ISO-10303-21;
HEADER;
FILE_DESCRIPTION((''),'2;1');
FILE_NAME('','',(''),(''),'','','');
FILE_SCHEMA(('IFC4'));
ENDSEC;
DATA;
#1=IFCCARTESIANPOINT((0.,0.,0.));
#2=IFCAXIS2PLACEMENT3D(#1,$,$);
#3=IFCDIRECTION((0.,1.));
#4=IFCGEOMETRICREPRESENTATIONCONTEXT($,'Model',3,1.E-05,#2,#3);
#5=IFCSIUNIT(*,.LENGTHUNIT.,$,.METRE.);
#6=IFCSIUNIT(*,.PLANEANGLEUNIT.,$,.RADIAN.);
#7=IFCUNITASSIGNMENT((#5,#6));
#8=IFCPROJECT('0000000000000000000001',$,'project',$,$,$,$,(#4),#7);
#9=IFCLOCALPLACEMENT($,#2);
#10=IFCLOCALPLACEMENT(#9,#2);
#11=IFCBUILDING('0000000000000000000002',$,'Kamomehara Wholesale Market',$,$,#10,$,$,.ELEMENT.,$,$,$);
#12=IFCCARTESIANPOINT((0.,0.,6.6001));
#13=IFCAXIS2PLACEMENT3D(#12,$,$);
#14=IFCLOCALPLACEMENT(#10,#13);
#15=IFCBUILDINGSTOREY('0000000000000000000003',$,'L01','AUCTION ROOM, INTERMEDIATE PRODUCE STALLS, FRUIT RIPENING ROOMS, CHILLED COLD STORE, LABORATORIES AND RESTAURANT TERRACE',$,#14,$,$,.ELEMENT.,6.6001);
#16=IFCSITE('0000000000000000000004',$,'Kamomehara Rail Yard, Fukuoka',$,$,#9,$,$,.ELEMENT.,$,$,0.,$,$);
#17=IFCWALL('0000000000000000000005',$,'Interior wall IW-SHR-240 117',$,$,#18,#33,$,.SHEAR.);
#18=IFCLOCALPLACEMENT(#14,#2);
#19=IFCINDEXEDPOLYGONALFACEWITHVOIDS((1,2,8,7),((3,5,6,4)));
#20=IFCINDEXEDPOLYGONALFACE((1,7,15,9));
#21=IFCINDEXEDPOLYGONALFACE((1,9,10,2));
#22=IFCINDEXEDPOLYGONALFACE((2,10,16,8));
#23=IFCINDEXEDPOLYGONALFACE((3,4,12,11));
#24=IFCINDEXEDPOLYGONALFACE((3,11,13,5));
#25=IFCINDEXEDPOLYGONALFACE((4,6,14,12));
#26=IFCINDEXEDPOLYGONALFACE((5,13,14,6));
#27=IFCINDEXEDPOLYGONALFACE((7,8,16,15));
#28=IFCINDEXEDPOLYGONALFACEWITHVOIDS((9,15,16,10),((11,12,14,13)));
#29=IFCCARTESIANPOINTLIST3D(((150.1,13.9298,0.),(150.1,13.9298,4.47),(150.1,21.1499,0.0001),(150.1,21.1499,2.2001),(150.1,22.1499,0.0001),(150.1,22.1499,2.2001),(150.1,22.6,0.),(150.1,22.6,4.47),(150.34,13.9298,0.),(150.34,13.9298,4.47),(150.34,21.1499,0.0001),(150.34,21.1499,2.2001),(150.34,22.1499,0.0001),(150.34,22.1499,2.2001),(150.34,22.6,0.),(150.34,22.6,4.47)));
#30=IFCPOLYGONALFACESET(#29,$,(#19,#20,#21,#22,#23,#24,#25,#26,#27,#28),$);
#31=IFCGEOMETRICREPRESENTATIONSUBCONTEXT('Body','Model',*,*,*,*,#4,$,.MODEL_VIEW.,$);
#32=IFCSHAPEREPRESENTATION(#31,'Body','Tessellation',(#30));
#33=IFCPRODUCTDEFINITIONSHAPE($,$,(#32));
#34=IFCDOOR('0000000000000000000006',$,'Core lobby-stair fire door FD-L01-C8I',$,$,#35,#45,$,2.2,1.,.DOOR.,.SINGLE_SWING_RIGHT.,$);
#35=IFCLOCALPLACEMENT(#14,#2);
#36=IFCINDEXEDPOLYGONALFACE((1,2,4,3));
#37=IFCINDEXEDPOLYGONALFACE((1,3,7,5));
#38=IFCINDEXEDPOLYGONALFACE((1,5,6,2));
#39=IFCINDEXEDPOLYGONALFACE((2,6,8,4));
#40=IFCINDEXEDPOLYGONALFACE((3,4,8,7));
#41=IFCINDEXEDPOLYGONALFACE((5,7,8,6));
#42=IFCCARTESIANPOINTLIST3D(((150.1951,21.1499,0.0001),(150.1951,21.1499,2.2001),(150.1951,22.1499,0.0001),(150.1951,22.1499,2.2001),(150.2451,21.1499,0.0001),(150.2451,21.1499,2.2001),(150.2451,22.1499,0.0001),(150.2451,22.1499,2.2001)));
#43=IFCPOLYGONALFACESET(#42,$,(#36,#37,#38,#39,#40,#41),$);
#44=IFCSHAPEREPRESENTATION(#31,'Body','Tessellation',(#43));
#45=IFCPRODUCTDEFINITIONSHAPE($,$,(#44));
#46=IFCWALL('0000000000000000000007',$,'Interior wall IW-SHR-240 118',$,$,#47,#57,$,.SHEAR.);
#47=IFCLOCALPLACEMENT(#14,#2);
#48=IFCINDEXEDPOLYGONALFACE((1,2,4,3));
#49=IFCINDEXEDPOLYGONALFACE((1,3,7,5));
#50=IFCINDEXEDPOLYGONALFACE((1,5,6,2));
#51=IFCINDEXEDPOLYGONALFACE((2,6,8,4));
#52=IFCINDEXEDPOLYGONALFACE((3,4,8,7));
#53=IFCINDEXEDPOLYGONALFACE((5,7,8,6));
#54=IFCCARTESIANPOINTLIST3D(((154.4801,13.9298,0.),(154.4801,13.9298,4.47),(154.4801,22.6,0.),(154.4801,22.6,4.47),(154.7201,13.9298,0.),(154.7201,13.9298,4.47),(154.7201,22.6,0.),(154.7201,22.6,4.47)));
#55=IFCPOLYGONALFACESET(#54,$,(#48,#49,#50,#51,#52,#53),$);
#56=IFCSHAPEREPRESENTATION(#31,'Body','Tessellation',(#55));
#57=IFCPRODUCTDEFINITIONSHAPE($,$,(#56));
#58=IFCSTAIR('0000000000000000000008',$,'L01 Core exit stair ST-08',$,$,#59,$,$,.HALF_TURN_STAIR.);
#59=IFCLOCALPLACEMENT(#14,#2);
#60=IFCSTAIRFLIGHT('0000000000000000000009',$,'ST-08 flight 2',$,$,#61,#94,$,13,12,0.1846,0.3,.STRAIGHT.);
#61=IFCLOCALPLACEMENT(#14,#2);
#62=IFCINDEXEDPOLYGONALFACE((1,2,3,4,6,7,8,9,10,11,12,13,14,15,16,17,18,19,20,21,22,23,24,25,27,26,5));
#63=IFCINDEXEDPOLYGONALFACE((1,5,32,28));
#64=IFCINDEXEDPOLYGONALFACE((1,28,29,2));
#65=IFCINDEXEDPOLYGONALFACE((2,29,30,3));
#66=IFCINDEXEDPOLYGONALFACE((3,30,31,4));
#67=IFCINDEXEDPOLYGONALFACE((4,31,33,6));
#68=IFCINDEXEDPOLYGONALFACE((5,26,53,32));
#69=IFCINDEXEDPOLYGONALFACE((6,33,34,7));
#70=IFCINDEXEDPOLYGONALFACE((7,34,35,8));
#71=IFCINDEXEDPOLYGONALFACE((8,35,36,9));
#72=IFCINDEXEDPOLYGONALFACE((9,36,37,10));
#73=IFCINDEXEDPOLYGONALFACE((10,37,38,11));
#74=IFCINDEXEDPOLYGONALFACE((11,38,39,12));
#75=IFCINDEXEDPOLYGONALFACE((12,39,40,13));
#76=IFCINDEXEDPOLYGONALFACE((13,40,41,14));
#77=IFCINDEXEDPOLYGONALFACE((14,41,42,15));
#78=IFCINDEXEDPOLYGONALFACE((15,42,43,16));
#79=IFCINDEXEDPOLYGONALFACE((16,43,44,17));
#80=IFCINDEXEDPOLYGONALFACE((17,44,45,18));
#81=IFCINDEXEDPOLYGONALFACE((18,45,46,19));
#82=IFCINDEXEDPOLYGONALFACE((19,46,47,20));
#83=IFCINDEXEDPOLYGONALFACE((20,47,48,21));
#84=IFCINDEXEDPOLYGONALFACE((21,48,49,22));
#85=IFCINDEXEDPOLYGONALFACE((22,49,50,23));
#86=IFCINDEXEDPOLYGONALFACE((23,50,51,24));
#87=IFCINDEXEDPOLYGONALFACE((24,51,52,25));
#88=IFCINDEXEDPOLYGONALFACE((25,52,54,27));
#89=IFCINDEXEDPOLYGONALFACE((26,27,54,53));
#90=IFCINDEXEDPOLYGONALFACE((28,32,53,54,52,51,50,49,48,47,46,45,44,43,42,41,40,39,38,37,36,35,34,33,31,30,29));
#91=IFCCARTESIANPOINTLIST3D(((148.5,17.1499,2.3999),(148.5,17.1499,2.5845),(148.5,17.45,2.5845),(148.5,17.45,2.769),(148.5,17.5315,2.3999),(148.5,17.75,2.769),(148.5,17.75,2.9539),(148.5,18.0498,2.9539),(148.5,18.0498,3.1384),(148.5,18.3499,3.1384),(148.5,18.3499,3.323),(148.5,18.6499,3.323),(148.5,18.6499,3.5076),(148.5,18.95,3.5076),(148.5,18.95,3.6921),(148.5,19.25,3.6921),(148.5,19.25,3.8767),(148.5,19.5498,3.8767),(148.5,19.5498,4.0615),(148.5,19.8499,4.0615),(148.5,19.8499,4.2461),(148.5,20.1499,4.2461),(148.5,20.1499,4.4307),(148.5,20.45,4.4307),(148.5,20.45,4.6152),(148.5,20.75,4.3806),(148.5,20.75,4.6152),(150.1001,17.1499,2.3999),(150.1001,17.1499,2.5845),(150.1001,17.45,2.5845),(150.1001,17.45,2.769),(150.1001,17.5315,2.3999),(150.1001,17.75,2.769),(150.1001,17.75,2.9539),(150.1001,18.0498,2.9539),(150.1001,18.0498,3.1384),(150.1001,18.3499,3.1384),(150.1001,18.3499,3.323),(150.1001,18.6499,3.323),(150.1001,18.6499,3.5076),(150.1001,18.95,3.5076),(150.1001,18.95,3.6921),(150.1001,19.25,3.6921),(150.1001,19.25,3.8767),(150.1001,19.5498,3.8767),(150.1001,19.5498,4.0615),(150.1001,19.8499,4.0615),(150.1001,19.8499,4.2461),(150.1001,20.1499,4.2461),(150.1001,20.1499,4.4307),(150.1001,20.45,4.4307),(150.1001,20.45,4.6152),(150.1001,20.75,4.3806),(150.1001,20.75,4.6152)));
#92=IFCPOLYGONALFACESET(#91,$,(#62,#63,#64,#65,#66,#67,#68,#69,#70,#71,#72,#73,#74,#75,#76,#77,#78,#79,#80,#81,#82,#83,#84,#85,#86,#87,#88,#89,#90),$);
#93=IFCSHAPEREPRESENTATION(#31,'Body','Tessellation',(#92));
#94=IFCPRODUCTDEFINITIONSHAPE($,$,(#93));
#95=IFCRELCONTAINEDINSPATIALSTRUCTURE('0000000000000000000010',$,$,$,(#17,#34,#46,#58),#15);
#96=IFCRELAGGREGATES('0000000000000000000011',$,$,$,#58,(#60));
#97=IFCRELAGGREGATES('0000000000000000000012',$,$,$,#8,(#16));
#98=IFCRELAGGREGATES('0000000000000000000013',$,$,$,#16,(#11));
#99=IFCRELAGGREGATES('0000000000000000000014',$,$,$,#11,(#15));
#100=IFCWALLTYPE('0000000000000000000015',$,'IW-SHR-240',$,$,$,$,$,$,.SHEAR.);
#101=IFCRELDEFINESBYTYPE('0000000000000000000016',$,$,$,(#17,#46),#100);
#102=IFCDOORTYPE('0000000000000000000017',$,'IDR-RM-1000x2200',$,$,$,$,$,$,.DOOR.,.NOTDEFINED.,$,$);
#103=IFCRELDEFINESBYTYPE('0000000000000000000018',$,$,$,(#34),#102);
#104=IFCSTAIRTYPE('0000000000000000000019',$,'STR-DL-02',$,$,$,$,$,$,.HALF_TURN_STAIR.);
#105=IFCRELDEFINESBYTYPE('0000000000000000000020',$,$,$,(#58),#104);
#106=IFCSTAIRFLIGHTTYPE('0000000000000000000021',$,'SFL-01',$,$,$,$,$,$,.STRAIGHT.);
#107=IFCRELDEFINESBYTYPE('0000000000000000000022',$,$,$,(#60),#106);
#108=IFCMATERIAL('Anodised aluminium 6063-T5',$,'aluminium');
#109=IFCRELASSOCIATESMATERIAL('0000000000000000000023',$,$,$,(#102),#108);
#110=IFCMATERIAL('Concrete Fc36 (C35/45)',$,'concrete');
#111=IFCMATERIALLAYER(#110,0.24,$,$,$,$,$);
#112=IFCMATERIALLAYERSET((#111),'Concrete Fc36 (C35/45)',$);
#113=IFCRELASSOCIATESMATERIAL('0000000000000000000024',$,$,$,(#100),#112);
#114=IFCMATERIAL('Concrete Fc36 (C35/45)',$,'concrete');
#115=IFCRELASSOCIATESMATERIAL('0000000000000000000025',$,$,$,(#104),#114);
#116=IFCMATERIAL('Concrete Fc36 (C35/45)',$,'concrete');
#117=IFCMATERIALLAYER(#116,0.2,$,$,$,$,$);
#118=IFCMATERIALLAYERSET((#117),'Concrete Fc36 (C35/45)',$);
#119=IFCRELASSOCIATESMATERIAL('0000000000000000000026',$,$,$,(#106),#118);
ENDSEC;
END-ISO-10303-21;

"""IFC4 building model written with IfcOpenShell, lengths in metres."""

from ifc_helpers import new_model, si_unit, direction, frame, frame_2d, origin, place, context, subcontext, project, spatial, polyline, rectangle, outline, extrude, material, layer, layer_set, type_object, element, fill, aggregate, save


model = new_model("IFC4")

# Units and contexts
model_context = context("Model", 3, precision=1e-05, world=origin(), true_north=direction((0.0, 1.0)))
body_context = subcontext(model_context, "Body", "Model", "MODEL_VIEW")
ifc_project = project(units=[si_unit("LENGTHUNIT", "METRE"), si_unit("PLANEANGLEUNIT", "RADIAN")], contexts=[model_context])

# Site, building, storey
site_placement = place(None, origin())
site = spatial("IfcSite", under=ifc_project, at=site_placement, Name="Kamomehara Rail Yard, Fukuoka", CompositionType="ELEMENT", RefElevation=0.0)
building_placement = place(site_placement, origin())
building = spatial("IfcBuilding", under=site, at=building_placement, Name="Kamomehara Wholesale Market", CompositionType="ELEMENT")
storey_placement = place(building_placement, frame((0.0, 0.0, 6.6001)))
storey = spatial("IfcBuildingStorey", under=building, at=storey_placement, Name="L01", Description="AUCTION ROOM, INTERMEDIATE PRODUCE STALLS, FRUIT RIPENING ROOMS, CHILLED COLD STORE, LABORATORIES AND RESTAURANT TERRACE", CompositionType="ELEMENT", Elevation=6.6001)

# Wall, opening, door
ifc_material_1 = material(Name="Anodised aluminium 6063-T5", Category="aluminium")
door_type_1 = type_object("IfcDoorType", Name="IDR-RM-1000x2200", OperationType="NOTDEFINED", PredefinedType="DOOR", material=ifc_material_1)
ifc_material_2 = material(Name="Concrete Fc36 (C35/45)", Category="concrete")
ifc_layer_1 = layer(ifc_material_2, 0.24)
ifc_layer_set_1 = layer_set([ifc_layer_1], Name="Concrete Fc36 (C35/45)")
wall_type_1 = type_object("IfcWallType", Name="IW-SHR-240", PredefinedType="SHEAR", material=ifc_layer_set_1)
wall_1_placement = place(storey_placement, frame((150.22, 13.9299, 0.0), z_axis=(0.0, 0.0, 1.0), x_axis=(0.0, 1.0, 0.0)))
wall_1 = element("IfcWall", 1, at=wall_1_placement, inside=storey, type_object=wall_type_1, Name="Interior wall IW-SHR-240 117", PredefinedType="SHEAR", context=body_context, shape_type="SweptSolid", body=[
    extrude(rectangle(XDim=8.6702, YDim=0.24, at=frame_2d((4.335, 0.0))), origin(), (0.0, 0.0, 1.0), 4.47),
])
opening_1_placement = place(wall_1_placement, frame((7.22, 0.0, 0.0)))
opening_1 = element("IfcOpeningElement", 2, at=opening_1_placement, cuts=wall_1, PredefinedType="OPENING", context=body_context, shape_type="SweptSolid", body=[
    extrude(rectangle(XDim=1.0, YDim=2.2, at=frame_2d((0.5, 1.1001))), frame((0.0, 0.1348, 0.0), z_axis=(0.0, -1.0, 0.0), x_axis=(1.0, 0.0, 0.0)), (0.0, 0.0, 1.0), 0.2698),
])
door_1_placement = place(opening_1_placement, origin())
door_1 = element("IfcDoor", 3, at=door_1_placement, inside=storey, type_object=door_type_1, Name="Core lobby-stair fire door FD-L01-C8I", OperationType="SINGLE_SWING_RIGHT", OverallHeight=2.2, OverallWidth=1.0, PredefinedType="DOOR", context=body_context, shape_type="SweptSolid", body=[
    extrude(rectangle(XDim=1.0, YDim=2.2, at=frame_2d((0.5, 1.1001))), frame((0.0, 0.0249, 0.0), z_axis=(0.0, -1.0, 0.0), x_axis=(1.0, 0.0, 0.0)), (0.0, 0.0, 1.0), 0.05),
])
fill(opening_1, door_1)

# Wall
wall_2_placement = place(storey_placement, frame((154.6001, 13.9299, 0.0), z_axis=(0.0, 0.0, 1.0), x_axis=(0.0, 1.0, 0.0)))
element("IfcWall", 4, at=wall_2_placement, inside=storey, type_object=wall_type_1, Name="Interior wall IW-SHR-240 118", PredefinedType="SHEAR", context=body_context, shape_type="SweptSolid", body=[
    extrude(rectangle(XDim=8.6702, YDim=0.24, at=frame_2d((4.335, 0.0))), origin(), (0.0, 0.0, 1.0), 4.47),
])

# Stair, stair flight
ifc_material_3 = material(Name="Concrete Fc36 (C35/45)", Category="concrete")
stair_type = type_object("IfcStairType", Name="STR-DL-02", PredefinedType="HALF_TURN_STAIR", material=ifc_material_3)
stair_placement = place(storey_placement, origin())
stair = element("IfcStair", 5, at=stair_placement, inside=storey, type_object=stair_type, Name="L01 Core exit stair ST-08", PredefinedType="HALF_TURN_STAIR")
ifc_material_4 = material(Name="Concrete Fc36 (C35/45)", Category="concrete")
ifc_layer_2 = layer(ifc_material_4, 0.2)
ifc_layer_set_2 = layer_set([ifc_layer_2], Name="Concrete Fc36 (C35/45)")
stair_flight_type = type_object("IfcStairFlightType", Name="SFL-01", PredefinedType="STRAIGHT", material=ifc_layer_set_2)
stair_flight_placement = place(storey_placement, frame((149.3, 17.1499, 2.3999), z_axis=(0.0, 0.0, 1.0), x_axis=(0.0, 1.0, 0.0)))
stair_flight = element("IfcStairFlight", 6, at=stair_flight_placement, type_object=stair_flight_type, Name="ST-08 flight 2", NumberOfRisers=13, NumberOfTreads=12, PredefinedType="STRAIGHT", RiserHeight=0.1846, TreadLength=0.3, context=body_context, shape_type="SweptSolid", body=[
    extrude(outline(polyline([(0.0, 0.0), (0.0, 0.1846), (0.3, 0.1846), (0.3, 0.3691), (0.6001, 0.3691), (0.6001, 0.554), (0.8999, 0.554), (0.8999, 0.7385), (1.2, 0.7385), (1.2, 0.9231), (1.5, 0.9231), (1.5, 1.1077), (1.8, 1.1077), (1.8, 1.2922), (2.1001, 1.2922), (2.1001, 1.4768), (2.3999, 1.4768), (2.3999, 1.6616), (2.7, 1.6616), (2.7, 1.8462), (3.0, 1.8462), (3.0, 2.0308), (3.3, 2.0308), (3.3, 2.2153), (3.6001, 2.2153), (3.6001, 2.3999), (3.6001, 1.9807), (0.3816, 0.0), (0.0, 0.0)])), frame((0.0, 0.8, 0.0), z_axis=(0.0, -1.0, 0.0), x_axis=(1.0, 0.0, 0.0)), (0.0, 0.0, 1.0), 1.6001),
])
aggregate(stair, [stair_flight])

save(model, "model.ifc")
